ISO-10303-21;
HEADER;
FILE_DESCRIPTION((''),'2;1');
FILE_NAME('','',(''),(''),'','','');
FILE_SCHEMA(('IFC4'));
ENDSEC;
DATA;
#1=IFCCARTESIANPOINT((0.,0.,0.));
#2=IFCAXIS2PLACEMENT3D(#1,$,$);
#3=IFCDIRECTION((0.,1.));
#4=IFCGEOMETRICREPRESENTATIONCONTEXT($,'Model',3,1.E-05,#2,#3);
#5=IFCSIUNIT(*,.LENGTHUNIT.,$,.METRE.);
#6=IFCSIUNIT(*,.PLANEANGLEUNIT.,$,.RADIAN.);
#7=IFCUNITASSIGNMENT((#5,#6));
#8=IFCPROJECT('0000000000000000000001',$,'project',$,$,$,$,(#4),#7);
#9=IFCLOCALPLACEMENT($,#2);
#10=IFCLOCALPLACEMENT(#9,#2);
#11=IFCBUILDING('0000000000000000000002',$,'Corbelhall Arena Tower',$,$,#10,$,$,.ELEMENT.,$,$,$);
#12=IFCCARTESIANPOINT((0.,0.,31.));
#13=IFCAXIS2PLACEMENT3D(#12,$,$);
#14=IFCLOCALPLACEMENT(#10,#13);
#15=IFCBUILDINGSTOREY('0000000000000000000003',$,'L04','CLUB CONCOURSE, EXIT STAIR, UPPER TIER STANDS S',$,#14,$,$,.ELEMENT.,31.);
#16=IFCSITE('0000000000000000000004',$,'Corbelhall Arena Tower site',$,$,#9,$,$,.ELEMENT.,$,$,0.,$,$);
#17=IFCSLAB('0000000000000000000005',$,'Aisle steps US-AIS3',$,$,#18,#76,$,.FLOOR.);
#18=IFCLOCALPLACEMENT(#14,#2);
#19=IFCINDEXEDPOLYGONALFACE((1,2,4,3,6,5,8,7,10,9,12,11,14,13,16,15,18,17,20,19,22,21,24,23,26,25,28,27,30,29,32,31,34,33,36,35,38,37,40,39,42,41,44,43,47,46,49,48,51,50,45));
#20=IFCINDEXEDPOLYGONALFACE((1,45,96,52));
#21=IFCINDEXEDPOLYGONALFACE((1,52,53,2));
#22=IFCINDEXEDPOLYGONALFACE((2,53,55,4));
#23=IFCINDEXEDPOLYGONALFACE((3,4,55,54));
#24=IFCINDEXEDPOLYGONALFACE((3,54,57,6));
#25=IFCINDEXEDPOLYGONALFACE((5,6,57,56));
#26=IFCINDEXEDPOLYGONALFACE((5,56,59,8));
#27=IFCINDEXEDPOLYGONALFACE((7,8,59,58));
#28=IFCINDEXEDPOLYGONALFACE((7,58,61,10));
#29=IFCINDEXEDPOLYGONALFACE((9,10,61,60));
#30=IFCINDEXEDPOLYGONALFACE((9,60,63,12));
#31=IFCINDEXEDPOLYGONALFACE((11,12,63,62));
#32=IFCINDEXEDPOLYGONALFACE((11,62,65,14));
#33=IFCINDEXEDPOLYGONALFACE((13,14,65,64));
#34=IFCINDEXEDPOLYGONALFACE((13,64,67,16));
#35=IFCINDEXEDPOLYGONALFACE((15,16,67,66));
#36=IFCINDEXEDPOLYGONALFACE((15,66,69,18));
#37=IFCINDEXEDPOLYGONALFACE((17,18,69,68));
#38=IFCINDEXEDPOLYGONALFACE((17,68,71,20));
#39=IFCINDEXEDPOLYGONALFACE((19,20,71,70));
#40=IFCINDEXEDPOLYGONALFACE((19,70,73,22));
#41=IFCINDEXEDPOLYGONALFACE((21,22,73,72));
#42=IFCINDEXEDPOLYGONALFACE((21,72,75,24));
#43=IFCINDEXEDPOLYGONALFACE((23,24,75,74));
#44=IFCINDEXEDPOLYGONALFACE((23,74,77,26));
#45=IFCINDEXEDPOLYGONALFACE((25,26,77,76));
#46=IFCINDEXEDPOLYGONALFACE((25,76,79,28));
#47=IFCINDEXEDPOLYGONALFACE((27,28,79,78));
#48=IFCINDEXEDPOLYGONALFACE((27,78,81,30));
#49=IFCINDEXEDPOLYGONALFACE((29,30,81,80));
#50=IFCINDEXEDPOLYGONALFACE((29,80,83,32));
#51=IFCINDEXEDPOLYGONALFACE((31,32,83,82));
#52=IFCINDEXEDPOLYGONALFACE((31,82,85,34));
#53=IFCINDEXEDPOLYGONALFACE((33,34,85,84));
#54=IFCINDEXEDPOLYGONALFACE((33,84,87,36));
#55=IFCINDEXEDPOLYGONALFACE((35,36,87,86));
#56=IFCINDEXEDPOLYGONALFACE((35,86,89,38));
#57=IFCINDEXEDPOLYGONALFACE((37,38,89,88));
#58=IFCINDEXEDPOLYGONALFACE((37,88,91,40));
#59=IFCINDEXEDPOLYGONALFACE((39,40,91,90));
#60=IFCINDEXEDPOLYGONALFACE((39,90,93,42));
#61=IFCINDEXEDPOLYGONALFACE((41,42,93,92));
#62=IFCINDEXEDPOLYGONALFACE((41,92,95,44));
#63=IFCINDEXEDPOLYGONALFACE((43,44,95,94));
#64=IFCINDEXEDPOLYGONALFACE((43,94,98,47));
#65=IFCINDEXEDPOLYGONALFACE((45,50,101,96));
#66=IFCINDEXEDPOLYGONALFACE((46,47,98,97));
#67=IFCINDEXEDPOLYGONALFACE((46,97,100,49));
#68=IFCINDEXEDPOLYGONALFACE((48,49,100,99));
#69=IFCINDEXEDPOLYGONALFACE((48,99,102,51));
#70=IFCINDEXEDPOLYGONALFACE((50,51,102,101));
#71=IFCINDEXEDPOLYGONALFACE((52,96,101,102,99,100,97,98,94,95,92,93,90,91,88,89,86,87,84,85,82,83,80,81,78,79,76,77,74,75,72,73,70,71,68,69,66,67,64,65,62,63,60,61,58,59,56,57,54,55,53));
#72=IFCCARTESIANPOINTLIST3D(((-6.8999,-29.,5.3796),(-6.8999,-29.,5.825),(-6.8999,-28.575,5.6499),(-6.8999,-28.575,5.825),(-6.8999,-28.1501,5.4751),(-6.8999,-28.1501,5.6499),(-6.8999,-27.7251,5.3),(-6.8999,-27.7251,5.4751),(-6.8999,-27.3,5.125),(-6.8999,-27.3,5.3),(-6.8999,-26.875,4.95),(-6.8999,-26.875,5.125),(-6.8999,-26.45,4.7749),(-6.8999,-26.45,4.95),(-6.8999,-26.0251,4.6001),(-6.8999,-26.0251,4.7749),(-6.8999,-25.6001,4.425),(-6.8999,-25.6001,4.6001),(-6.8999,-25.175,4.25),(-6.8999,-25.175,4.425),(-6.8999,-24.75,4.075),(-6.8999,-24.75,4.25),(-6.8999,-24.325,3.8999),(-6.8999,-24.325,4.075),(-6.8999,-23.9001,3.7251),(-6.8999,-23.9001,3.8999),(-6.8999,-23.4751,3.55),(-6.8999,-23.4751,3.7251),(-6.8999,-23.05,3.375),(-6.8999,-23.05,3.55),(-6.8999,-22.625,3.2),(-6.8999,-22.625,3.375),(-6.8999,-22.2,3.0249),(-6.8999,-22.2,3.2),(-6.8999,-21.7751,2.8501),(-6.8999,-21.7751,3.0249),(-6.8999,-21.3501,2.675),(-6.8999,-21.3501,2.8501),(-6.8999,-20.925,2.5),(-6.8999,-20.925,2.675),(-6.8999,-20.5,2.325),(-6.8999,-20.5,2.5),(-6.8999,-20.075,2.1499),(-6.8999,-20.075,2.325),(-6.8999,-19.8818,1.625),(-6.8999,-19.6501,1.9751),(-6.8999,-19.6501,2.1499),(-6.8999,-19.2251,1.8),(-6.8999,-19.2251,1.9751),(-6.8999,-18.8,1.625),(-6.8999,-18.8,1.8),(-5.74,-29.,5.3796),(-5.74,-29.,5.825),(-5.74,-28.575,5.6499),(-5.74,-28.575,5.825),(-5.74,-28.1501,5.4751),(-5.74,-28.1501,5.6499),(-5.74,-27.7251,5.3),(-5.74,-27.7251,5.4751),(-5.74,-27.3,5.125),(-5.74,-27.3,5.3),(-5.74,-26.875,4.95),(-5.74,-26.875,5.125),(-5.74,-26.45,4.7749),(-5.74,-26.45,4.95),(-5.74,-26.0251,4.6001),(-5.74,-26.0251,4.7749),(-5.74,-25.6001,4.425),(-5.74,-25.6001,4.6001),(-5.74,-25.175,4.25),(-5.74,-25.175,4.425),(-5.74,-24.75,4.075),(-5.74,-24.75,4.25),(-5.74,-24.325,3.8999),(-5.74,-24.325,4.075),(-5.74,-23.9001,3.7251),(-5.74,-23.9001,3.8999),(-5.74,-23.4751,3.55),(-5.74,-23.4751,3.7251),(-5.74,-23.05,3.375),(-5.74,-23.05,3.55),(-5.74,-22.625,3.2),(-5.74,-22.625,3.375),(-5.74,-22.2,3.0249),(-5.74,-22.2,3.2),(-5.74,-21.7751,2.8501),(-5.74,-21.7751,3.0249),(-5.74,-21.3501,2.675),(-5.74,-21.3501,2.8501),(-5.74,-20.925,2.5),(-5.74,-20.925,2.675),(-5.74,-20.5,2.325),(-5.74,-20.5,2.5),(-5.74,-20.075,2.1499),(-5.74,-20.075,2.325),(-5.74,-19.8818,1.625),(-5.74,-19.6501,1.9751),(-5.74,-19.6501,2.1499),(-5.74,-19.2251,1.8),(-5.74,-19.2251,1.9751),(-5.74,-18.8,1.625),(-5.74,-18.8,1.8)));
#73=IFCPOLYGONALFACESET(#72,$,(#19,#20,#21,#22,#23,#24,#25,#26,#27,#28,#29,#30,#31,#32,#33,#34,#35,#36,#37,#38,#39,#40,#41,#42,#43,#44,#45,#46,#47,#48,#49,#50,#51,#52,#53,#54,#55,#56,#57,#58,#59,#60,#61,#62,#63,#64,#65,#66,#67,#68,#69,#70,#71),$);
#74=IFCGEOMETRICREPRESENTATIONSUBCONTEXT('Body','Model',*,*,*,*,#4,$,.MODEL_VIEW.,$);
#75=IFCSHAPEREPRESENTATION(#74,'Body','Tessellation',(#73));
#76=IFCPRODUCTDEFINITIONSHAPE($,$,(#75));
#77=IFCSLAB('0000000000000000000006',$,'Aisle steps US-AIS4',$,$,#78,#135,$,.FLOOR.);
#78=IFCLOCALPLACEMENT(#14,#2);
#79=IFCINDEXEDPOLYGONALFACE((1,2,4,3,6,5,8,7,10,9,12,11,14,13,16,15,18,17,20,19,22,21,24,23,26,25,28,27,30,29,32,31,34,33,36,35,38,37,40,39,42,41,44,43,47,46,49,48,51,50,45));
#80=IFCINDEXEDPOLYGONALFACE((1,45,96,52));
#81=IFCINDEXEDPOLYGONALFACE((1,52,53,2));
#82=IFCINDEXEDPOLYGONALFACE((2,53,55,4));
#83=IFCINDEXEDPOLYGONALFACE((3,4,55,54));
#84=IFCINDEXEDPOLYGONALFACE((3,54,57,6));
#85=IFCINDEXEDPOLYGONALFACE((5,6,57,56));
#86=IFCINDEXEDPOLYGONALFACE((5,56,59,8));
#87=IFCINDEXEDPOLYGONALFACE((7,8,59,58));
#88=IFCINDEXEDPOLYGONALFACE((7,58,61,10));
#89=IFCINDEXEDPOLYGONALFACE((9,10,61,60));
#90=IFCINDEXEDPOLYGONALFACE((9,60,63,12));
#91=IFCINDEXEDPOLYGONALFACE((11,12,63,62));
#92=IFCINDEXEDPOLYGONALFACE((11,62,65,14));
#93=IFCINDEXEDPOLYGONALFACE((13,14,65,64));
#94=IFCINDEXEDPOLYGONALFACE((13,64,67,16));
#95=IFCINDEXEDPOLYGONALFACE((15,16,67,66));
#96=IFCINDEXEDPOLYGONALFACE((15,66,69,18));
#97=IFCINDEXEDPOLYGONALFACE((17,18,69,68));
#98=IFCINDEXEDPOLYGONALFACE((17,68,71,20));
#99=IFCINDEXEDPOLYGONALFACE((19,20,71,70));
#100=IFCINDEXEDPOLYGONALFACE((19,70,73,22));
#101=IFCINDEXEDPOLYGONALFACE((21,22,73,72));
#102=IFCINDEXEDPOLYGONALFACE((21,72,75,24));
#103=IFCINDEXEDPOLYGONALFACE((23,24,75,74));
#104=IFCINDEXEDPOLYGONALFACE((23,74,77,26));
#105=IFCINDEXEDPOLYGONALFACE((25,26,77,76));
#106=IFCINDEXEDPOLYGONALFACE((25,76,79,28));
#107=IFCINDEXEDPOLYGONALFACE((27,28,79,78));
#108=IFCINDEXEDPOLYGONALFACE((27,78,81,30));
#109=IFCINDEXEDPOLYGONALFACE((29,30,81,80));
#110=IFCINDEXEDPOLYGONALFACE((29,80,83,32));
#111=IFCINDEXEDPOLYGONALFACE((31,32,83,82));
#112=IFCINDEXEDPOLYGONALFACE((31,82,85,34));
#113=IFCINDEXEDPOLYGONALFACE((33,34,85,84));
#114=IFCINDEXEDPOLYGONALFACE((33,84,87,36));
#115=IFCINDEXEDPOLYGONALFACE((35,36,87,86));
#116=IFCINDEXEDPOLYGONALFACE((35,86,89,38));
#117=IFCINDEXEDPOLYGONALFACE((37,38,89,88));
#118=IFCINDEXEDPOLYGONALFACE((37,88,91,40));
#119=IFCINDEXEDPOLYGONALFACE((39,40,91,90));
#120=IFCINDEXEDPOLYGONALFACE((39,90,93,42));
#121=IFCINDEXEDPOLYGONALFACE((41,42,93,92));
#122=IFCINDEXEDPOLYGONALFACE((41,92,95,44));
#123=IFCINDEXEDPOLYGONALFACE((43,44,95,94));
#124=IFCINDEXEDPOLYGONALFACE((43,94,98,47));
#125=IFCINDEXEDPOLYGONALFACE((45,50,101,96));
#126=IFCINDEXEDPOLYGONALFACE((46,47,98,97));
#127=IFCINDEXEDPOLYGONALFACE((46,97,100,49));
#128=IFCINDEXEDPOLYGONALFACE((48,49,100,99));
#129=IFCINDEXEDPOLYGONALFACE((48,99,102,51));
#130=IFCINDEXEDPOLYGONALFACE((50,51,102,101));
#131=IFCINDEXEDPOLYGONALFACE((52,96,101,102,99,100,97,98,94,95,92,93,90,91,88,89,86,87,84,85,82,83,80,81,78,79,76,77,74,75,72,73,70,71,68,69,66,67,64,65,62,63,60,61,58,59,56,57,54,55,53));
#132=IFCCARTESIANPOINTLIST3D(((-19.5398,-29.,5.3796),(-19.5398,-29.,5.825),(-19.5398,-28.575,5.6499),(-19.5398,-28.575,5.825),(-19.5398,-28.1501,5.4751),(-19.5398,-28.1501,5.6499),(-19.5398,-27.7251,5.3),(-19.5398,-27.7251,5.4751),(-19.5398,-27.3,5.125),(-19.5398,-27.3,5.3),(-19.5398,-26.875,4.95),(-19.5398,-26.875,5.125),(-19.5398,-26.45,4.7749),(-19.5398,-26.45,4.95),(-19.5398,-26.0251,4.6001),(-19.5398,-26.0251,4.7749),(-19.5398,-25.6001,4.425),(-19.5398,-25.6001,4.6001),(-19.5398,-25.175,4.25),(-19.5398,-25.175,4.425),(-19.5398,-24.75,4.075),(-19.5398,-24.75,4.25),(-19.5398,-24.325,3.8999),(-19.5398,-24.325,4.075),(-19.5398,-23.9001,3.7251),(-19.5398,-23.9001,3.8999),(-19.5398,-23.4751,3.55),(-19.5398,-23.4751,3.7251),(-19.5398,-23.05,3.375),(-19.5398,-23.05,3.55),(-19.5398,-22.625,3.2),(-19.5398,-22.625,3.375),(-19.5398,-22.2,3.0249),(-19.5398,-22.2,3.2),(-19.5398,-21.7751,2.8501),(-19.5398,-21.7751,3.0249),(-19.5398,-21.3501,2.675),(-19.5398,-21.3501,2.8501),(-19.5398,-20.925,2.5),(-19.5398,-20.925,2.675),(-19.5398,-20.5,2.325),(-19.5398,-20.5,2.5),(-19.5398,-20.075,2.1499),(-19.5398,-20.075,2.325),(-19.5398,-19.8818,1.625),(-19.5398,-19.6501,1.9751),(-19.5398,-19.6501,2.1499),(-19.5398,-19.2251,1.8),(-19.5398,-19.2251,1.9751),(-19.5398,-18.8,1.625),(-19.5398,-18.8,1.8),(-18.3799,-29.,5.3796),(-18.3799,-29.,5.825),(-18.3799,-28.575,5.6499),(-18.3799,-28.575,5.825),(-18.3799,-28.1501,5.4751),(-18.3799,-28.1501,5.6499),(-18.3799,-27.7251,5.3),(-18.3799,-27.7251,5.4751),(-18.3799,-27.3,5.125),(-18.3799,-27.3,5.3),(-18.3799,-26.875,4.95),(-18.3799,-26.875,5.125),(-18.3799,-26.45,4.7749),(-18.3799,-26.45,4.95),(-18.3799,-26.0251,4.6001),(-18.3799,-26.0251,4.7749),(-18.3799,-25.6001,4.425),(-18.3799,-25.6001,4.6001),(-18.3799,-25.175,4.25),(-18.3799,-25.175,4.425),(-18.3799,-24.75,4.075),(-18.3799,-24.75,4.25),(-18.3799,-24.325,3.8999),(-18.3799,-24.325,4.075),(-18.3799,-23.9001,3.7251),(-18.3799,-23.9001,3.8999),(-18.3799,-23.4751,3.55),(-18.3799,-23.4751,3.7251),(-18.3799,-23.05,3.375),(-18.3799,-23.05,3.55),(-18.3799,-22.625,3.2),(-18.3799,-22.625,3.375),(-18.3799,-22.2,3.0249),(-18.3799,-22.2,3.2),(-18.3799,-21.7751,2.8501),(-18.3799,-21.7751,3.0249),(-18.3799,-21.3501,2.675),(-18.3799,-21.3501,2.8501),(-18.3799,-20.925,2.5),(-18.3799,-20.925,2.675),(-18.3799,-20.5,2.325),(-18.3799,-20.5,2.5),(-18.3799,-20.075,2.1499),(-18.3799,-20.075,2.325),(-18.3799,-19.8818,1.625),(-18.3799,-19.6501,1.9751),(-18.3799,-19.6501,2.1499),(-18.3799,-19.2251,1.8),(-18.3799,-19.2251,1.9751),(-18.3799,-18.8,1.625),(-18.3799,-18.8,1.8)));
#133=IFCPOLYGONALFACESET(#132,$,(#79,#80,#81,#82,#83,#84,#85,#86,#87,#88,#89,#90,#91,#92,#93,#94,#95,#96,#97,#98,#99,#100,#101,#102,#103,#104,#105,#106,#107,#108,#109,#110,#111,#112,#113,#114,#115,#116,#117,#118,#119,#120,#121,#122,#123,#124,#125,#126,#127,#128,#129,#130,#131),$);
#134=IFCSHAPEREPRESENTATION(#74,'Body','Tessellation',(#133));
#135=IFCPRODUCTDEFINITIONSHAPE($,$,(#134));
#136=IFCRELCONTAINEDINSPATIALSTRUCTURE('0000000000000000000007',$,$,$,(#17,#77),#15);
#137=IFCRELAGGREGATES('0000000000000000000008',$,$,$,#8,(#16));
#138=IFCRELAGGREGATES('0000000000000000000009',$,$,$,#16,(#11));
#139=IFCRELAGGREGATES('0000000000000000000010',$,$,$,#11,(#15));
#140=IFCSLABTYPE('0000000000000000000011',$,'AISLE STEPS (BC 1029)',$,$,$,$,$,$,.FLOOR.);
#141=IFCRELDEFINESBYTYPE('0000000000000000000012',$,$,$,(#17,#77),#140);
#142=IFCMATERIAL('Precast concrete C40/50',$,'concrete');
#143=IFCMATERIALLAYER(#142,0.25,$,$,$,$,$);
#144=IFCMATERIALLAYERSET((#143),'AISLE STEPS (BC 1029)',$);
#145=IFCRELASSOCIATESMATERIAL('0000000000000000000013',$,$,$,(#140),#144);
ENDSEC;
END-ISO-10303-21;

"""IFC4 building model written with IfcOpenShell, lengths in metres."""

from ifc_helpers import new_model, si_unit, direction, frame, origin, place, context, subcontext, project, spatial, polyline, outline, extrude, material, layer, layer_set, type_object, element, save


model = new_model("IFC4")

# Units and contexts
model_context = context("Model", 3, precision=1e-05, world=origin(), true_north=direction((0.0, 1.0)))
body_context = subcontext(model_context, "Body", "Model", "MODEL_VIEW")
ifc_project = project(units=[si_unit("LENGTHUNIT", "METRE"), si_unit("PLANEANGLEUNIT", "RADIAN")], contexts=[model_context])

# Site, building, storey
site_placement = place(None, origin())
site = spatial("IfcSite", under=ifc_project, at=site_placement, Name="Corbelhall Arena Tower site", CompositionType="ELEMENT", RefElevation=0.0)
building_placement = place(site_placement, origin())
building = spatial("IfcBuilding", under=site, at=building_placement, Name="Corbelhall Arena Tower", CompositionType="ELEMENT")
storey_placement = place(building_placement, frame((0.0, 0.0, 31.0)))
storey = spatial("IfcBuildingStorey", under=building, at=storey_placement, Name="L04", Description="CLUB CONCOURSE, EXIT STAIR, UPPER TIER STANDS S", CompositionType="ELEMENT", Elevation=31.0)

# Slabs
ifc_material_1 = material(Name="Precast concrete C40/50", Category="concrete")
ifc_layer_1 = layer(ifc_material_1, 0.25)
ifc_layer_set_1 = layer_set([ifc_layer_1], Name="AISLE STEPS (BC 1029)")
slab_type_1 = type_object("IfcSlabType", Name="AISLE STEPS (BC 1029)", PredefinedType="FLOOR", material=ifc_layer_set_1)
for number, where, z_axis, x_axis, name in (
    (1, (-6.3201, -18.8, 1.625), (0.0, 0.0, 1.0), (0.0, -1.0, 0.0), "Aisle steps US-AIS3"),
    (2, (-18.96, -18.8, 1.625), (0.0, 0.0, 1.0), (0.0, -1.0, 0.0), "Aisle steps US-AIS4"),
):
    element("IfcSlab", number, at=place(storey_placement, frame(where, z_axis=z_axis, x_axis=x_axis)), inside=storey, type_object=slab_type_1, Name=name, PredefinedType="FLOOR", context=body_context, shape_type="SweptSolid", body=[
        extrude(outline(polyline([(0.0, 0.0), (0.0, 0.175), (0.425, 0.175), (0.425, 0.3501), (0.8501, 0.3501), (0.8501, 0.5249), (1.2749, 0.5249), (1.2749, 0.7), (1.7, 0.7), (1.7, 0.875), (2.125, 0.875), (2.125, 1.05), (2.55, 1.05), (2.55, 1.2251), (2.9751, 1.2251), (2.9751, 1.3999), (3.3999, 1.3999), (3.3999, 1.575), (3.825, 1.575), (3.825, 1.75), (4.25, 1.75), (4.25, 1.925), (4.675, 1.925), (4.675, 2.1001), (5.1001, 2.1001), (5.1001, 2.2749), (5.5249, 2.2749), (5.5249, 2.45), (5.95, 2.45), (5.95, 2.625), (6.375, 2.625), (6.375, 2.8), (6.8, 2.8), (6.8, 2.9751), (7.2251, 2.9751), (7.2251, 3.1499), (7.6499, 3.1499), (7.6499, 3.325), (8.075, 3.325), (8.075, 3.5), (8.5, 3.5), (8.5, 3.675), (8.925, 3.675), (8.925, 3.8501), (9.3501, 3.8501), (9.3501, 4.0249), (9.7749, 4.0249), (9.7749, 4.2), (10.2, 4.2), (10.2, 4.375), (10.2, 3.7546), (1.0818, 0.0), (0.0, 0.0)])), frame((0.0, 0.5801, 0.0), z_axis=(0.0, -1.0, 0.0), x_axis=(1.0, 0.0, 0.0)), (0.0, 0.0, 1.0), 1.1599),
    ])

save(model, "model.ifc")
